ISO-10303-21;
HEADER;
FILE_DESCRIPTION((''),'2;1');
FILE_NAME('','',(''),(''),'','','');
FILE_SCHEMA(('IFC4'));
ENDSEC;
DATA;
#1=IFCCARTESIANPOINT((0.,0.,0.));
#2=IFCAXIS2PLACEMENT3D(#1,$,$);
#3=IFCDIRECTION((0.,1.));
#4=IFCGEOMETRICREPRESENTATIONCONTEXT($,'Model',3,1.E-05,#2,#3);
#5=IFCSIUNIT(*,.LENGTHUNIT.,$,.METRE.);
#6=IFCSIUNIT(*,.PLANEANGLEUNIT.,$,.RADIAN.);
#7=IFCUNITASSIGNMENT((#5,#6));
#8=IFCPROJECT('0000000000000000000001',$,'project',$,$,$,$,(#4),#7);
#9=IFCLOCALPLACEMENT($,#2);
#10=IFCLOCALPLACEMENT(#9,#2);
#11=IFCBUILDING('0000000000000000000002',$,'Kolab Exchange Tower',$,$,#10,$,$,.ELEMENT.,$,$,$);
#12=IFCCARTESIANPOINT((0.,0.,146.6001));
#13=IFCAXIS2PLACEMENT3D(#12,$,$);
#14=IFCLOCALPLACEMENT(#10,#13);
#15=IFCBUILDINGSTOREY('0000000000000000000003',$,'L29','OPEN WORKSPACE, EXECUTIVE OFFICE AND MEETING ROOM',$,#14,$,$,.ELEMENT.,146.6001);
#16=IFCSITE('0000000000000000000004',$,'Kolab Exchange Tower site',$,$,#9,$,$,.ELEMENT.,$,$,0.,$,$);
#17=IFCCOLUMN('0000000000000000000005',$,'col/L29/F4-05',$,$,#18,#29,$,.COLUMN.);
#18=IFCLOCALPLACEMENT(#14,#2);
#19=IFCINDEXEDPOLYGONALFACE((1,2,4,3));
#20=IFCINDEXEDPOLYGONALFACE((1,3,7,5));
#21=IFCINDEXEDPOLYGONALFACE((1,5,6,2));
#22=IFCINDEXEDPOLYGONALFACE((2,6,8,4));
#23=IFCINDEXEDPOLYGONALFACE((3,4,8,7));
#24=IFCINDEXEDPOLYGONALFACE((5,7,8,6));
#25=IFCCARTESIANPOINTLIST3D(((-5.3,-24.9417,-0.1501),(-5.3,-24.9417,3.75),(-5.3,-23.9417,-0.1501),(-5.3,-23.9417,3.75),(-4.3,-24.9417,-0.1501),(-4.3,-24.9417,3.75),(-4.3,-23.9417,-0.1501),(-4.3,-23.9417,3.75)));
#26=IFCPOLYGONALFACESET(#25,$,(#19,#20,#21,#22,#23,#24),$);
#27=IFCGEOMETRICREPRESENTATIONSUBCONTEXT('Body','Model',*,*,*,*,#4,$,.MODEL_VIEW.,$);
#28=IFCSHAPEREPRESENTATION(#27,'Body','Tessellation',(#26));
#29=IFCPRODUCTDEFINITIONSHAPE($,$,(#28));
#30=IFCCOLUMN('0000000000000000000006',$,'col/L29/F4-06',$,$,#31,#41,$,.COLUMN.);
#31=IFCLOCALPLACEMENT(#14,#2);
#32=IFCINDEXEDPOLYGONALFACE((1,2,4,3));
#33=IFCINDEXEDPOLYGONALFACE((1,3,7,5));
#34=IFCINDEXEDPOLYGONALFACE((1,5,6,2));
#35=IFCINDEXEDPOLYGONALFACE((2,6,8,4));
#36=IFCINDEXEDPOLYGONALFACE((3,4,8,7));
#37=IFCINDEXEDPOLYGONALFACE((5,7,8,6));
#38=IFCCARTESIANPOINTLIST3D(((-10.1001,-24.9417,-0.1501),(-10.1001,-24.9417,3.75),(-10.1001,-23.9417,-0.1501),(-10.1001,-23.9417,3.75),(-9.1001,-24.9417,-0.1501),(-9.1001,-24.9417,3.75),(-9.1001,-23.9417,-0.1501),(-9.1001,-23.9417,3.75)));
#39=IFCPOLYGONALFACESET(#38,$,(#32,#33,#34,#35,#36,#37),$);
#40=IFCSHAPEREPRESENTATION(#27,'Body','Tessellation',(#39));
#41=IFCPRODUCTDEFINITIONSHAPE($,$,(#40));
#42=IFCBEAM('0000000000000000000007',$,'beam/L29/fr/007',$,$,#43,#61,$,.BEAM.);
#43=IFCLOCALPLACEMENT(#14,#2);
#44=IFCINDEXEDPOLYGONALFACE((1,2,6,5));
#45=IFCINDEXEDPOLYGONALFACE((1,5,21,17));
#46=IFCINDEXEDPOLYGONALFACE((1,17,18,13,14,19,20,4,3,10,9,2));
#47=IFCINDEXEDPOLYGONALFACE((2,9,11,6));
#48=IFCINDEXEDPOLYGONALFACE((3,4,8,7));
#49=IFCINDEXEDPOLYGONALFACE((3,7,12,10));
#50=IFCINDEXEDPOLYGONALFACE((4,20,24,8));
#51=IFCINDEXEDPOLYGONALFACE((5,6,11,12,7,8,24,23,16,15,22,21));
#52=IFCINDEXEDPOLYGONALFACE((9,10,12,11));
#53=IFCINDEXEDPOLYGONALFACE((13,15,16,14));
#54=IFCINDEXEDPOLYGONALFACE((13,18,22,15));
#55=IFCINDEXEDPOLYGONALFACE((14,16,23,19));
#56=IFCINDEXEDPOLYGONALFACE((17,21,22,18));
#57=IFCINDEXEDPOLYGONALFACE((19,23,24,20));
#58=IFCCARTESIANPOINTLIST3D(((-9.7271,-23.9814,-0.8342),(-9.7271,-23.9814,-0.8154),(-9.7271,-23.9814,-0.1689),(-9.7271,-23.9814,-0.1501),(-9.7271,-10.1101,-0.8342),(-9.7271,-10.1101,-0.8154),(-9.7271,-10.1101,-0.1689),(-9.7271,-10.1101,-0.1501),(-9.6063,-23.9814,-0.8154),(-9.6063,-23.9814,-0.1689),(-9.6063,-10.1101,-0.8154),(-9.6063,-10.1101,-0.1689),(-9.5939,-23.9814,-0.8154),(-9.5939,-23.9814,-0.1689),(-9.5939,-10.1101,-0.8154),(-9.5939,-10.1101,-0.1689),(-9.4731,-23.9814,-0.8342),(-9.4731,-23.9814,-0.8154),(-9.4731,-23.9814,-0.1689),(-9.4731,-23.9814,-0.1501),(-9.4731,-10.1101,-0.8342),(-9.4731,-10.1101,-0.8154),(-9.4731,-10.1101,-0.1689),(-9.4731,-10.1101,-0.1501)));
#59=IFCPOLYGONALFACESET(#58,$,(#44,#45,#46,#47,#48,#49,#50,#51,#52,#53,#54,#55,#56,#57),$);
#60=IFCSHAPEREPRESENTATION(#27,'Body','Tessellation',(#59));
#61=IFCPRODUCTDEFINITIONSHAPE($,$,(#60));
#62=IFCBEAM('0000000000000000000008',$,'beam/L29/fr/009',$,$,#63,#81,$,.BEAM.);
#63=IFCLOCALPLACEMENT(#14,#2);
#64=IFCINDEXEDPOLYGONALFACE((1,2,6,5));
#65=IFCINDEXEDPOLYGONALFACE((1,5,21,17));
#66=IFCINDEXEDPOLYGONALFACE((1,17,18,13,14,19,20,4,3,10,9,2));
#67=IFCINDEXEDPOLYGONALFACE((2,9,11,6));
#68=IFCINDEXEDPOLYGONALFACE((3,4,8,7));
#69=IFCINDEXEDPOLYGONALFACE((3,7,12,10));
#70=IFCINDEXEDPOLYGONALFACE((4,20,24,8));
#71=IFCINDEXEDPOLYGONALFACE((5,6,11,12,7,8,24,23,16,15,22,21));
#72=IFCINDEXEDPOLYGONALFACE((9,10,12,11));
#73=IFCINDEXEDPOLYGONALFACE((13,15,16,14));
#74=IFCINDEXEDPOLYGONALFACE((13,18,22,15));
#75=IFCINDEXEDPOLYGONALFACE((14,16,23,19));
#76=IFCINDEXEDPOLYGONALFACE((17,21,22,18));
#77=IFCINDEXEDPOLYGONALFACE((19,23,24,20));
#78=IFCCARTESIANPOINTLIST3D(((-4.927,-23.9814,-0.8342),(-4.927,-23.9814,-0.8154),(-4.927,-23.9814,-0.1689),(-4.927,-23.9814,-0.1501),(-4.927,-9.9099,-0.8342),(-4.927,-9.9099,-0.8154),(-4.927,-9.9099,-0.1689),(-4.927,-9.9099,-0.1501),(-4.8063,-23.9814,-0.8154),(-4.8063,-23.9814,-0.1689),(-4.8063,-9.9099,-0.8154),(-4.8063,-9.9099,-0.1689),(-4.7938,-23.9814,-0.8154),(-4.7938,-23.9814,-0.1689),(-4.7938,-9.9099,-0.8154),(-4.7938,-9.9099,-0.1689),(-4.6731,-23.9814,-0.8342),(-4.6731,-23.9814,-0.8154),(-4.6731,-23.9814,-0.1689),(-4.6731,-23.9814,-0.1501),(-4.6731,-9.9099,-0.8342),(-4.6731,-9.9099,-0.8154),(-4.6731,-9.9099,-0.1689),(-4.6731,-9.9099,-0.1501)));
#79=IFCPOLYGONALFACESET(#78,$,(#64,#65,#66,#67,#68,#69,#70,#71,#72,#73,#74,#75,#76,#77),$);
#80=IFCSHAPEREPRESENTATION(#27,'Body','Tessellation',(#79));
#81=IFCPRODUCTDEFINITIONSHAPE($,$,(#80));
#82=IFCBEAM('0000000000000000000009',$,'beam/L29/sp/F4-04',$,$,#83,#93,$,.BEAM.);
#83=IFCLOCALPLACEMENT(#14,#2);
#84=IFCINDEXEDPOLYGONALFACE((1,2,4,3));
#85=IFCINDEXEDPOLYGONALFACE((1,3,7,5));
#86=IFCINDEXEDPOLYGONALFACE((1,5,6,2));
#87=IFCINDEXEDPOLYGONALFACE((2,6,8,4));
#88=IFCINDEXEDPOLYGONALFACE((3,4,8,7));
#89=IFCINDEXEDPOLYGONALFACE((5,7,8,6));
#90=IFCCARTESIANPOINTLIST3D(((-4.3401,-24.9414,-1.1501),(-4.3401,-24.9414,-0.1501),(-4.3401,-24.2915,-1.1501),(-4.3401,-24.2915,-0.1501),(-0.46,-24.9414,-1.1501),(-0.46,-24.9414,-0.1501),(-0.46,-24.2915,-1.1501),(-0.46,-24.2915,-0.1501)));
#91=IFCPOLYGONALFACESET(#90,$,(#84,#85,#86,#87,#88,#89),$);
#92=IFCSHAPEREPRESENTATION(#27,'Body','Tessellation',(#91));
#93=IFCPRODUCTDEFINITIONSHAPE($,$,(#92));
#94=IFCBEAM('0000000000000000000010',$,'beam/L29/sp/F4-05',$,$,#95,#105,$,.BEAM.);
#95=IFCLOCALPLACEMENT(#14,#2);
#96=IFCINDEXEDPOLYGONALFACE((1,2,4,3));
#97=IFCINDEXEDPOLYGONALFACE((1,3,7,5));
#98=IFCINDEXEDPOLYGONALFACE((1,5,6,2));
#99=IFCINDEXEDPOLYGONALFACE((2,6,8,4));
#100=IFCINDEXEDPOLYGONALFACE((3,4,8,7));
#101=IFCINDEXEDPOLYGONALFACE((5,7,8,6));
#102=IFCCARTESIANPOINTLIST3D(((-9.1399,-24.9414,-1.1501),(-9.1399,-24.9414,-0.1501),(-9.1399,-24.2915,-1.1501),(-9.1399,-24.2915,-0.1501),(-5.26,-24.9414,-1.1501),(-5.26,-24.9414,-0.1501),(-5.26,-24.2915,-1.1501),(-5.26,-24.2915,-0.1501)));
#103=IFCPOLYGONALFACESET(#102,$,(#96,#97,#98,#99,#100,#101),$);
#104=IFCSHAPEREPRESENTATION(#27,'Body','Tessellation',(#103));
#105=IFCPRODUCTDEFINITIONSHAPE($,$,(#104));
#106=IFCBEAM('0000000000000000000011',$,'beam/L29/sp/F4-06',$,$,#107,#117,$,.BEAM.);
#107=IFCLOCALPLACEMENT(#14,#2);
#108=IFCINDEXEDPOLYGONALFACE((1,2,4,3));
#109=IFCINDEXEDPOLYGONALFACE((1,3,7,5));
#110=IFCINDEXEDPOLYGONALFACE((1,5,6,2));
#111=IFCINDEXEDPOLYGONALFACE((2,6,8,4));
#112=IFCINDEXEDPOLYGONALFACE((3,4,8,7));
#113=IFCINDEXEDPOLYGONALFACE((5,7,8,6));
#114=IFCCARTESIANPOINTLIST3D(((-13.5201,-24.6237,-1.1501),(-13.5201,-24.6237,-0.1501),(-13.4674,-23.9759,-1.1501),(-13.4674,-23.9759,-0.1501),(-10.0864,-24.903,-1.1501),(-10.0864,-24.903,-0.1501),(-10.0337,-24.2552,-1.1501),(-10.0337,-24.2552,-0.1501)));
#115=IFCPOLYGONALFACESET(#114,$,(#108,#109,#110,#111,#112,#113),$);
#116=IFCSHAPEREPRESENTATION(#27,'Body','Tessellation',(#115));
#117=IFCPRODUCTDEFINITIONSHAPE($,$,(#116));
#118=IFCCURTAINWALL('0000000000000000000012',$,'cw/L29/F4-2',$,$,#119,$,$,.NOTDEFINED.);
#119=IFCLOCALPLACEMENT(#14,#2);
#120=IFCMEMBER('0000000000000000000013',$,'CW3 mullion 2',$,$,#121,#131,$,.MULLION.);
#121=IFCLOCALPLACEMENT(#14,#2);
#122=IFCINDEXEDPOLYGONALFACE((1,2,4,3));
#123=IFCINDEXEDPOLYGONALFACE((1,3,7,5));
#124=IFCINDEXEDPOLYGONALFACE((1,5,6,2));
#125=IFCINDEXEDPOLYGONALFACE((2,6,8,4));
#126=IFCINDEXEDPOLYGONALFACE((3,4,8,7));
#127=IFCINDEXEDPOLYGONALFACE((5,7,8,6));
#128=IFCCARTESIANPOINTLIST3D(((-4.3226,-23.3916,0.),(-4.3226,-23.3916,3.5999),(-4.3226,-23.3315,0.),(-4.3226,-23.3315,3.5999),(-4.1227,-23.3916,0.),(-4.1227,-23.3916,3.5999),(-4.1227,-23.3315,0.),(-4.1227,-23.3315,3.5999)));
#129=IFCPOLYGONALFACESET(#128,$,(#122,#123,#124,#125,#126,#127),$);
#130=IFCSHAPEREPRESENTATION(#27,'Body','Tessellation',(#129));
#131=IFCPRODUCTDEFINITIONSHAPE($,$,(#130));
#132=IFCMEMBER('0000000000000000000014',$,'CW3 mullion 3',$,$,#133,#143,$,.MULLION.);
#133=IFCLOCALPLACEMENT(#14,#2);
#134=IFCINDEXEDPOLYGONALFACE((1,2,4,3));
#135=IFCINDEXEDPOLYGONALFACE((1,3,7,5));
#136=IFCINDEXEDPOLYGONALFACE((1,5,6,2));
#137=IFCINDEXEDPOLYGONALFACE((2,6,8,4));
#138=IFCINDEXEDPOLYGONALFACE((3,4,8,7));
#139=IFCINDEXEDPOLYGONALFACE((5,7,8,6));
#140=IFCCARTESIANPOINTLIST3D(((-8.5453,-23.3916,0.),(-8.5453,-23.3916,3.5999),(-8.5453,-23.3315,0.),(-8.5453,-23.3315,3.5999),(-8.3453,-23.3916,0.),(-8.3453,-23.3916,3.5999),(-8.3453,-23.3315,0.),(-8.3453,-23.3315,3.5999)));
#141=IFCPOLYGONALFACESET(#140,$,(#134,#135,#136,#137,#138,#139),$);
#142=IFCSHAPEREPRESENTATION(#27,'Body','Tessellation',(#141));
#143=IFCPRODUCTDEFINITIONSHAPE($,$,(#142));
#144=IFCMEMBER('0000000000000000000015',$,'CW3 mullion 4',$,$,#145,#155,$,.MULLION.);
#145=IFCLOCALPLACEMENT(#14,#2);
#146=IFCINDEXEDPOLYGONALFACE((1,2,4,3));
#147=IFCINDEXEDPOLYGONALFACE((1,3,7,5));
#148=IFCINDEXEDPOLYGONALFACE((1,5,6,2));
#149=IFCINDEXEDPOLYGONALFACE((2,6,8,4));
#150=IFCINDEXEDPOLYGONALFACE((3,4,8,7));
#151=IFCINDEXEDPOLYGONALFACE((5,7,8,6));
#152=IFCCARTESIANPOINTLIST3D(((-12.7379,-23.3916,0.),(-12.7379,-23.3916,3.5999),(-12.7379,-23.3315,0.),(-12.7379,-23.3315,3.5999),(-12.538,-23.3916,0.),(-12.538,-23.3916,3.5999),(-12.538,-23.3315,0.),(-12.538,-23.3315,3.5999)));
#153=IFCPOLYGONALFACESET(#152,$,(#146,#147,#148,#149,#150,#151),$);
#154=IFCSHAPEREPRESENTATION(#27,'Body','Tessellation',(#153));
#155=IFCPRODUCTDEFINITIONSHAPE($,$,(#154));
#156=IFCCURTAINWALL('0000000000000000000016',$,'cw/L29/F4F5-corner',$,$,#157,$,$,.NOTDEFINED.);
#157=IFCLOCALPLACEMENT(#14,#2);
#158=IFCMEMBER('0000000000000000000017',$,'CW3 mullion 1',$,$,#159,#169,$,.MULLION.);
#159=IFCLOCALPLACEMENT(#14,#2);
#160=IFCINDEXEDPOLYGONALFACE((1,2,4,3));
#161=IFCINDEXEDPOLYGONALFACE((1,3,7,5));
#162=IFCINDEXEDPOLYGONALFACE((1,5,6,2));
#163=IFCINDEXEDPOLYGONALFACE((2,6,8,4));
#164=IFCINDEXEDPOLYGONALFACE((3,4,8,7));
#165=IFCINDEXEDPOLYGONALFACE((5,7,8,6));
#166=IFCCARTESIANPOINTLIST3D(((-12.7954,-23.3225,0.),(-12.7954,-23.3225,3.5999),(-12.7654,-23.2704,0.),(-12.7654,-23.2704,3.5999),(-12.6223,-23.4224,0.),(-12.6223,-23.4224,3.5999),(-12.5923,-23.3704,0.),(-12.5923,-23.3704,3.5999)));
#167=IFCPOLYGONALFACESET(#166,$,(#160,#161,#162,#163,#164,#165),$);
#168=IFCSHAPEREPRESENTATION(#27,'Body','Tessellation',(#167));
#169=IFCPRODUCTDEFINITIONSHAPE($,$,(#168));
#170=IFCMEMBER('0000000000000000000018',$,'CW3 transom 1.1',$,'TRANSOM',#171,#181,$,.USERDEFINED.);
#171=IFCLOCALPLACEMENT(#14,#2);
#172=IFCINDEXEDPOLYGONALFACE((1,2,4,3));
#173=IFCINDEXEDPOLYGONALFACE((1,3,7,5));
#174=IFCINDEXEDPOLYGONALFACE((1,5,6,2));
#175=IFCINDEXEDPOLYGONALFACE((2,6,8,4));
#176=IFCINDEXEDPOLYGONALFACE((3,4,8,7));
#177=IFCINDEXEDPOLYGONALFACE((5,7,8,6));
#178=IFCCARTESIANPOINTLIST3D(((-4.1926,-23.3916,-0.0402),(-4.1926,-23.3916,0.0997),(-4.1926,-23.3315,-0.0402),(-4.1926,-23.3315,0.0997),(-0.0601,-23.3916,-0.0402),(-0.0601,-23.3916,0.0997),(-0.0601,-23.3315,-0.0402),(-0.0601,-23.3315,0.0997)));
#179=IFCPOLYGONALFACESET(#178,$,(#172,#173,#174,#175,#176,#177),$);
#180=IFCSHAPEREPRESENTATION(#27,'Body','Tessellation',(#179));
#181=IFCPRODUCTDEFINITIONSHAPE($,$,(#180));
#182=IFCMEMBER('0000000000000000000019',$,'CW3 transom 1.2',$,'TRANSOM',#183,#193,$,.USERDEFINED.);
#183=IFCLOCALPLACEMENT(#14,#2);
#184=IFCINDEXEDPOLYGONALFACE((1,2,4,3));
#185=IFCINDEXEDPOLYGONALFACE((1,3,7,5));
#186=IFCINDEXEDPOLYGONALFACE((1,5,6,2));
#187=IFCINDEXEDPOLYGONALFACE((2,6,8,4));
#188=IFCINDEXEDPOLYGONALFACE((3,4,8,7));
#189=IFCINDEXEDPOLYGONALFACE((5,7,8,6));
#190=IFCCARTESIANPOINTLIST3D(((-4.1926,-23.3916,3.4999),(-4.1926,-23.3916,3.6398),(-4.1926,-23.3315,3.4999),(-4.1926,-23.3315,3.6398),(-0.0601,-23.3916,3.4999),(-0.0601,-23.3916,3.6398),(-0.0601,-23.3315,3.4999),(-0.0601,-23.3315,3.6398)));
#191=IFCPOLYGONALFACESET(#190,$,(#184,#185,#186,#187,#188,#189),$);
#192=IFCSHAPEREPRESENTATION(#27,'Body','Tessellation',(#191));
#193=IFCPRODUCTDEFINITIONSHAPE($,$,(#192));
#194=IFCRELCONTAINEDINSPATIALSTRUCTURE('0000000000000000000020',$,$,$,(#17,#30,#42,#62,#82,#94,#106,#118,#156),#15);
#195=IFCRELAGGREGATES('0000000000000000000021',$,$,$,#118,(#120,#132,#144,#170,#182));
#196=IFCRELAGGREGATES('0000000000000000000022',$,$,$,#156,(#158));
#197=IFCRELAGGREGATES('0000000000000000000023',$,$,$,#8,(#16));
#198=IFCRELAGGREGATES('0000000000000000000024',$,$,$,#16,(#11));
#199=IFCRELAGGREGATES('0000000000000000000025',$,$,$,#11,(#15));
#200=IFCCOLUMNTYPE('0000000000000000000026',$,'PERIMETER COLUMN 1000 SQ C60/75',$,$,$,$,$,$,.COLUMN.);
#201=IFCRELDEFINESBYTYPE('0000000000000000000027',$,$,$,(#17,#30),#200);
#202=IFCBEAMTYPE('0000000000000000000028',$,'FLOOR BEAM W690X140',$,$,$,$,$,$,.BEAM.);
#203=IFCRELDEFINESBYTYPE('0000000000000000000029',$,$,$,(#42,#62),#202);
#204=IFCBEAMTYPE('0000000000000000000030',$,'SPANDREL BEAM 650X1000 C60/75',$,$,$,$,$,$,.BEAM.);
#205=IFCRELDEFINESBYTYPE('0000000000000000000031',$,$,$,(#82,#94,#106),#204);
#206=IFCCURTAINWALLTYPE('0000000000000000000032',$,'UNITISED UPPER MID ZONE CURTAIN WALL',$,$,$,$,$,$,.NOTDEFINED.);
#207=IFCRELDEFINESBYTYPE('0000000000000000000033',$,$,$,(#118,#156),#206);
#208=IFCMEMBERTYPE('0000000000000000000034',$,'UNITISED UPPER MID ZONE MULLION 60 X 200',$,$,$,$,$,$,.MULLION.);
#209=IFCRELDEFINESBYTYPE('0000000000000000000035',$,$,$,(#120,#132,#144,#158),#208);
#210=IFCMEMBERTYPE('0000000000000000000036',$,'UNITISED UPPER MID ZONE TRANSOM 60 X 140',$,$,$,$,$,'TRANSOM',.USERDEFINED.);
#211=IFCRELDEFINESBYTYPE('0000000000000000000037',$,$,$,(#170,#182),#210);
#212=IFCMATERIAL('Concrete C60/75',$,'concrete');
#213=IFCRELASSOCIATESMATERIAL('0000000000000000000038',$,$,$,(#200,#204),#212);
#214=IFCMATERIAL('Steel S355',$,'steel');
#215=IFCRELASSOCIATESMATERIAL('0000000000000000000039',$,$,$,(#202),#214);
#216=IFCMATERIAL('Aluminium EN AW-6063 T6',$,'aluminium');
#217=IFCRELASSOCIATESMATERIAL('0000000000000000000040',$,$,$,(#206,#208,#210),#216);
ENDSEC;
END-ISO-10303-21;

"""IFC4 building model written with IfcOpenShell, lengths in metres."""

from ifc_helpers import new_model, si_unit, direction, frame, origin, origin_2d, place, context, subcontext, project, spatial, rectangle, i_section, extrude, material, material_profile, profile_set, type_object, element, aggregate, save


model = new_model("IFC4")

# Units and contexts
model_context = context("Model", 3, precision=1e-05, world=origin(), true_north=direction((0.0, 1.0)))
body_context = subcontext(model_context, "Body", "Model", "MODEL_VIEW")
ifc_project = project(units=[si_unit("LENGTHUNIT", "METRE"), si_unit("PLANEANGLEUNIT", "RADIAN")], contexts=[model_context])

# Site, building, storey
site_placement = place(None, origin())
site = spatial("IfcSite", under=ifc_project, at=site_placement, Name="Kolab Exchange Tower site", CompositionType="ELEMENT", RefElevation=0.0)
building_placement = place(site_placement, origin())
building = spatial("IfcBuilding", under=site, at=building_placement, Name="Kolab Exchange Tower", CompositionType="ELEMENT")
storey_placement = place(building_placement, frame((0.0, 0.0, 146.6001)))
storey = spatial("IfcBuildingStorey", under=building, at=storey_placement, Name="L29", Description="OPEN WORKSPACE, EXECUTIVE OFFICE AND MEETING ROOM", CompositionType="ELEMENT", Elevation=146.6001)

# Columns
ifc_material_1 = material(Name="Concrete C60/75", Category="concrete")
ifc_material_profile_1 = material_profile(ifc_material_1, rectangle(XDim=1.0, YDim=1.0, at=origin_2d()), Name="RC1000")
ifc_profile_set_1 = profile_set([ifc_material_profile_1], Name="Concrete C60/75")
column_type = type_object("IfcColumnType", Name="PERIMETER COLUMN 1000 SQ C60/75", PredefinedType="COLUMN", material=ifc_profile_set_1)
for number, where, z_axis, x_axis, name in (
    (1, (-4.8, -24.4417, -0.1501), (0.0, 0.0, 1.0), (1.0, 0.0, 0.0), "col/L29/F4-05"),
    (2, (-9.6001, -24.4417, -0.1501), (0.0, 0.0, 1.0), (1.0, 0.0, 0.0), "col/L29/F4-06"),
):
    element("IfcColumn", number, at=place(storey_placement, frame(where, z_axis=z_axis, x_axis=x_axis)), inside=storey, type_object=column_type, Name=name, PredefinedType="COLUMN", context=body_context, shape_type="SweptSolid", body=[
        extrude(rectangle(XDim=1.0, YDim=1.0, at=origin_2d()), origin(), (0.0, 0.0, 1.0), 3.9001),
    ])

# Beams
ifc_material_2 = material(Name="Steel S355", Category="steel")
ifc_material_profile_2 = material_profile(ifc_material_2, i_section(OverallWidth=0.2539, OverallDepth=0.6841, WebThickness=0.0125, FlangeThickness=0.0188, at=origin_2d()), Name="W690X140")
ifc_profile_set_2 = profile_set([ifc_material_profile_2], Name="Steel S355")
beam_type_1 = type_object("IfcBeamType", Name="FLOOR BEAM W690X140", PredefinedType="BEAM", material=ifc_profile_set_2)
beam_1_placement = place(storey_placement, frame((-9.6001, -23.9814, -0.4922), z_axis=(0.0, 1.0, 0.0), x_axis=(-1.0, 0.0, 0.0)))
element("IfcBeam", 3, at=beam_1_placement, inside=storey, type_object=beam_type_1, Name="beam/L29/fr/007", PredefinedType="BEAM", context=body_context, shape_type="SweptSolid", body=[
    extrude(i_section(OverallWidth=0.2539, OverallDepth=0.6841, WebThickness=0.0125, FlangeThickness=0.0188, at=origin_2d()), origin(), (0.0, 0.0, 1.0), 13.8713),
])
beam_2_placement = place(storey_placement, frame((-4.8, -23.9814, -0.4922), z_axis=(0.0, 1.0, 0.0), x_axis=(-1.0, 0.0, 0.0)))
element("IfcBeam", 4, at=beam_2_placement, inside=storey, type_object=beam_type_1, Name="beam/L29/fr/009", PredefinedType="BEAM", context=body_context, shape_type="SweptSolid", body=[
    extrude(i_section(OverallWidth=0.2539, OverallDepth=0.6841, WebThickness=0.0125, FlangeThickness=0.0188, at=origin_2d()), origin(), (0.0, 0.0, 1.0), 14.0715),
])
ifc_material_profile_3 = material_profile(ifc_material_1, rectangle(XDim=0.6499, YDim=1.0, at=origin_2d()), Name="RC650X1000")
ifc_profile_set_3 = profile_set([ifc_material_profile_3], Name="Concrete C60/75")
beam_type_2 = type_object("IfcBeamType", Name="SPANDREL BEAM 650X1000 C60/75", PredefinedType="BEAM", material=ifc_profile_set_3)
beam_3_placement = place(storey_placement, frame((-0.46, -24.6165, -0.6501), z_axis=(-1.0, 0.0, 0.0), x_axis=(0.0, -1.0, 0.0)))
element("IfcBeam", 5, at=beam_3_placement, inside=storey, type_object=beam_type_2, Name="beam/L29/sp/F4-04", PredefinedType="BEAM", context=body_context, shape_type="SweptSolid", body=[
    extrude(rectangle(XDim=0.6499, YDim=1.0, at=origin_2d()), origin(), (0.0, 0.0, 1.0), 3.8801),
])
beam_4_placement = place(storey_placement, frame((-5.26, -24.6165, -0.6501), z_axis=(-1.0, 0.0, 0.0), x_axis=(0.0, -1.0, 0.0)))
element("IfcBeam", 6, at=beam_4_placement, inside=storey, type_object=beam_type_2, Name="beam/L29/sp/F4-05", PredefinedType="BEAM", context=body_context, shape_type="SweptSolid", body=[
    extrude(rectangle(XDim=0.6499, YDim=1.0, at=origin_2d()), origin(), (0.0, 0.0, 1.0), 3.8799),
])
beam_5_placement = place(storey_placement, frame((-10.0601, -24.5791, -0.6501), z_axis=(-0.996708, 0.081069, 0.0), x_axis=(-0.081069, -0.996708, 0.0)))
element("IfcBeam", 7, at=beam_5_placement, inside=storey, type_object=beam_type_2, Name="beam/L29/sp/F4-06", PredefinedType="BEAM", context=body_context, shape_type="SweptSolid", body=[
    extrude(rectangle(XDim=0.6499, YDim=1.0, at=origin_2d()), origin(), (0.0, 0.0, 1.0), 3.4451),
])

# Curtain wall, members
ifc_material_3 = material(Name="Aluminium EN AW-6063 T6", Category="aluminium")
curtain_wall_type = type_object("IfcCurtainWallType", Name="UNITISED UPPER MID ZONE CURTAIN WALL", PredefinedType="NOTDEFINED", material=ifc_material_3)
curtain_wall_1_placement = place(storey_placement, origin())
curtain_wall_1 = element("IfcCurtainWall", 8, at=curtain_wall_1_placement, inside=storey, type_object=curtain_wall_type, Name="cw/L29/F4-2", PredefinedType="NOTDEFINED")
ifc_material_profile_4 = material_profile(ifc_material_3, rectangle(XDim=0.0601, YDim=0.2, at=origin_2d()), Name="RECT 60X200")
ifc_profile_set_4 = profile_set([ifc_material_profile_4], Name="Aluminium EN AW-6063 T6")
member_type_1 = type_object("IfcMemberType", Name="UNITISED UPPER MID ZONE MULLION 60 X 200", PredefinedType="MULLION", material=ifc_profile_set_4)
member_1_placement = place(storey_placement, frame((-4.2227, -23.3616, 0.0), z_axis=(0.0, 0.0, 1.0), x_axis=(0.0, -1.0, 0.0)))
member_1 = element("IfcMember", 9, at=member_1_placement, type_object=member_type_1, Name="CW3 mullion 2", PredefinedType="MULLION", context=body_context, shape_type="SweptSolid", body=[
    extrude(rectangle(XDim=0.0601, YDim=0.2, at=origin_2d()), origin(), (0.0, 0.0, 1.0), 3.5999),
])
member_2_placement = place(storey_placement, frame((-8.4453, -23.3616, 0.0), z_axis=(0.0, 0.0, 1.0), x_axis=(0.0, -1.0, 0.0)))
member_2 = element("IfcMember", 10, at=member_2_placement, type_object=member_type_1, Name="CW3 mullion 3", PredefinedType="MULLION", context=body_context, shape_type="SweptSolid", body=[
    extrude(rectangle(XDim=0.0601, YDim=0.2, at=origin_2d()), origin(), (0.0, 0.0, 1.0), 3.5999),
])
member_3_placement = place(storey_placement, frame((-12.6379, -23.3616, 0.0), z_axis=(0.0, 0.0, 1.0), x_axis=(0.0, -1.0, 0.0)))
member_3 = element("IfcMember", 11, at=member_3_placement, type_object=member_type_1, Name="CW3 mullion 4", PredefinedType="MULLION", context=body_context, shape_type="SweptSolid", body=[
    extrude(rectangle(XDim=0.0601, YDim=0.2, at=origin_2d()), origin(), (0.0, 0.0, 1.0), 3.5999),
])

# Curtain wall, member
curtain_wall_2_placement = place(storey_placement, origin())
curtain_wall_2 = element("IfcCurtainWall", 12, at=curtain_wall_2_placement, inside=storey, type_object=curtain_wall_type, Name="cw/L29/F4F5-corner", PredefinedType="NOTDEFINED")
member_4_placement = place(storey_placement, frame((-12.6938, -23.3464, 0.0), z_axis=(0.0, 0.0, 1.0), x_axis=(-0.5, -0.866025, 0.0)))
member_4 = element("IfcMember", 13, at=member_4_placement, type_object=member_type_1, Name="CW3 mullion 1", PredefinedType="MULLION", context=body_context, shape_type="SweptSolid", body=[
    extrude(rectangle(XDim=0.0601, YDim=0.2, at=origin_2d()), origin(), (0.0, 0.0, 1.0), 3.5999),
])

# Members
ifc_material_profile_5 = material_profile(ifc_material_3, rectangle(XDim=0.0601, YDim=0.1399, at=origin_2d()), Name="RECT 60X140")
ifc_profile_set_5 = profile_set([ifc_material_profile_5], Name="Aluminium EN AW-6063 T6")
member_type_2 = type_object("IfcMemberType", Name="UNITISED UPPER MID ZONE TRANSOM 60 X 140", ElementType="TRANSOM", PredefinedType="USERDEFINED", material=ifc_profile_set_5)
member_5_placement = place(storey_placement, frame((-0.0601, -23.3616, 0.0298), z_axis=(-1.0, 0.0, 0.0), x_axis=(0.0, -1.0, 0.0)))
member_5 = element("IfcMember", 14, at=member_5_placement, type_object=member_type_2, Name="CW3 transom 1.1", ObjectType="TRANSOM", PredefinedType="USERDEFINED", context=body_context, shape_type="SweptSolid", body=[
    extrude(rectangle(XDim=0.0601, YDim=0.1399, at=origin_2d()), origin(), (0.0, 0.0, 1.0), 4.1326),
])
member_6_placement = place(storey_placement, frame((-0.0601, -23.3616, 3.5698), z_axis=(-1.0, 0.0, 0.0), x_axis=(0.0, -1.0, 0.0)))
member_6 = element("IfcMember", 15, at=member_6_placement, type_object=member_type_2, Name="CW3 transom 1.2", ObjectType="TRANSOM", PredefinedType="USERDEFINED", context=body_context, shape_type="SweptSolid", body=[
    extrude(rectangle(XDim=0.0601, YDim=0.1399, at=origin_2d()), origin(), (0.0, 0.0, 1.0), 4.1326),
])

aggregate(curtain_wall_1, [member_1, member_2, member_3, member_5, member_6])
aggregate(curtain_wall_2, [member_4])

save(model, "model.ifc")
